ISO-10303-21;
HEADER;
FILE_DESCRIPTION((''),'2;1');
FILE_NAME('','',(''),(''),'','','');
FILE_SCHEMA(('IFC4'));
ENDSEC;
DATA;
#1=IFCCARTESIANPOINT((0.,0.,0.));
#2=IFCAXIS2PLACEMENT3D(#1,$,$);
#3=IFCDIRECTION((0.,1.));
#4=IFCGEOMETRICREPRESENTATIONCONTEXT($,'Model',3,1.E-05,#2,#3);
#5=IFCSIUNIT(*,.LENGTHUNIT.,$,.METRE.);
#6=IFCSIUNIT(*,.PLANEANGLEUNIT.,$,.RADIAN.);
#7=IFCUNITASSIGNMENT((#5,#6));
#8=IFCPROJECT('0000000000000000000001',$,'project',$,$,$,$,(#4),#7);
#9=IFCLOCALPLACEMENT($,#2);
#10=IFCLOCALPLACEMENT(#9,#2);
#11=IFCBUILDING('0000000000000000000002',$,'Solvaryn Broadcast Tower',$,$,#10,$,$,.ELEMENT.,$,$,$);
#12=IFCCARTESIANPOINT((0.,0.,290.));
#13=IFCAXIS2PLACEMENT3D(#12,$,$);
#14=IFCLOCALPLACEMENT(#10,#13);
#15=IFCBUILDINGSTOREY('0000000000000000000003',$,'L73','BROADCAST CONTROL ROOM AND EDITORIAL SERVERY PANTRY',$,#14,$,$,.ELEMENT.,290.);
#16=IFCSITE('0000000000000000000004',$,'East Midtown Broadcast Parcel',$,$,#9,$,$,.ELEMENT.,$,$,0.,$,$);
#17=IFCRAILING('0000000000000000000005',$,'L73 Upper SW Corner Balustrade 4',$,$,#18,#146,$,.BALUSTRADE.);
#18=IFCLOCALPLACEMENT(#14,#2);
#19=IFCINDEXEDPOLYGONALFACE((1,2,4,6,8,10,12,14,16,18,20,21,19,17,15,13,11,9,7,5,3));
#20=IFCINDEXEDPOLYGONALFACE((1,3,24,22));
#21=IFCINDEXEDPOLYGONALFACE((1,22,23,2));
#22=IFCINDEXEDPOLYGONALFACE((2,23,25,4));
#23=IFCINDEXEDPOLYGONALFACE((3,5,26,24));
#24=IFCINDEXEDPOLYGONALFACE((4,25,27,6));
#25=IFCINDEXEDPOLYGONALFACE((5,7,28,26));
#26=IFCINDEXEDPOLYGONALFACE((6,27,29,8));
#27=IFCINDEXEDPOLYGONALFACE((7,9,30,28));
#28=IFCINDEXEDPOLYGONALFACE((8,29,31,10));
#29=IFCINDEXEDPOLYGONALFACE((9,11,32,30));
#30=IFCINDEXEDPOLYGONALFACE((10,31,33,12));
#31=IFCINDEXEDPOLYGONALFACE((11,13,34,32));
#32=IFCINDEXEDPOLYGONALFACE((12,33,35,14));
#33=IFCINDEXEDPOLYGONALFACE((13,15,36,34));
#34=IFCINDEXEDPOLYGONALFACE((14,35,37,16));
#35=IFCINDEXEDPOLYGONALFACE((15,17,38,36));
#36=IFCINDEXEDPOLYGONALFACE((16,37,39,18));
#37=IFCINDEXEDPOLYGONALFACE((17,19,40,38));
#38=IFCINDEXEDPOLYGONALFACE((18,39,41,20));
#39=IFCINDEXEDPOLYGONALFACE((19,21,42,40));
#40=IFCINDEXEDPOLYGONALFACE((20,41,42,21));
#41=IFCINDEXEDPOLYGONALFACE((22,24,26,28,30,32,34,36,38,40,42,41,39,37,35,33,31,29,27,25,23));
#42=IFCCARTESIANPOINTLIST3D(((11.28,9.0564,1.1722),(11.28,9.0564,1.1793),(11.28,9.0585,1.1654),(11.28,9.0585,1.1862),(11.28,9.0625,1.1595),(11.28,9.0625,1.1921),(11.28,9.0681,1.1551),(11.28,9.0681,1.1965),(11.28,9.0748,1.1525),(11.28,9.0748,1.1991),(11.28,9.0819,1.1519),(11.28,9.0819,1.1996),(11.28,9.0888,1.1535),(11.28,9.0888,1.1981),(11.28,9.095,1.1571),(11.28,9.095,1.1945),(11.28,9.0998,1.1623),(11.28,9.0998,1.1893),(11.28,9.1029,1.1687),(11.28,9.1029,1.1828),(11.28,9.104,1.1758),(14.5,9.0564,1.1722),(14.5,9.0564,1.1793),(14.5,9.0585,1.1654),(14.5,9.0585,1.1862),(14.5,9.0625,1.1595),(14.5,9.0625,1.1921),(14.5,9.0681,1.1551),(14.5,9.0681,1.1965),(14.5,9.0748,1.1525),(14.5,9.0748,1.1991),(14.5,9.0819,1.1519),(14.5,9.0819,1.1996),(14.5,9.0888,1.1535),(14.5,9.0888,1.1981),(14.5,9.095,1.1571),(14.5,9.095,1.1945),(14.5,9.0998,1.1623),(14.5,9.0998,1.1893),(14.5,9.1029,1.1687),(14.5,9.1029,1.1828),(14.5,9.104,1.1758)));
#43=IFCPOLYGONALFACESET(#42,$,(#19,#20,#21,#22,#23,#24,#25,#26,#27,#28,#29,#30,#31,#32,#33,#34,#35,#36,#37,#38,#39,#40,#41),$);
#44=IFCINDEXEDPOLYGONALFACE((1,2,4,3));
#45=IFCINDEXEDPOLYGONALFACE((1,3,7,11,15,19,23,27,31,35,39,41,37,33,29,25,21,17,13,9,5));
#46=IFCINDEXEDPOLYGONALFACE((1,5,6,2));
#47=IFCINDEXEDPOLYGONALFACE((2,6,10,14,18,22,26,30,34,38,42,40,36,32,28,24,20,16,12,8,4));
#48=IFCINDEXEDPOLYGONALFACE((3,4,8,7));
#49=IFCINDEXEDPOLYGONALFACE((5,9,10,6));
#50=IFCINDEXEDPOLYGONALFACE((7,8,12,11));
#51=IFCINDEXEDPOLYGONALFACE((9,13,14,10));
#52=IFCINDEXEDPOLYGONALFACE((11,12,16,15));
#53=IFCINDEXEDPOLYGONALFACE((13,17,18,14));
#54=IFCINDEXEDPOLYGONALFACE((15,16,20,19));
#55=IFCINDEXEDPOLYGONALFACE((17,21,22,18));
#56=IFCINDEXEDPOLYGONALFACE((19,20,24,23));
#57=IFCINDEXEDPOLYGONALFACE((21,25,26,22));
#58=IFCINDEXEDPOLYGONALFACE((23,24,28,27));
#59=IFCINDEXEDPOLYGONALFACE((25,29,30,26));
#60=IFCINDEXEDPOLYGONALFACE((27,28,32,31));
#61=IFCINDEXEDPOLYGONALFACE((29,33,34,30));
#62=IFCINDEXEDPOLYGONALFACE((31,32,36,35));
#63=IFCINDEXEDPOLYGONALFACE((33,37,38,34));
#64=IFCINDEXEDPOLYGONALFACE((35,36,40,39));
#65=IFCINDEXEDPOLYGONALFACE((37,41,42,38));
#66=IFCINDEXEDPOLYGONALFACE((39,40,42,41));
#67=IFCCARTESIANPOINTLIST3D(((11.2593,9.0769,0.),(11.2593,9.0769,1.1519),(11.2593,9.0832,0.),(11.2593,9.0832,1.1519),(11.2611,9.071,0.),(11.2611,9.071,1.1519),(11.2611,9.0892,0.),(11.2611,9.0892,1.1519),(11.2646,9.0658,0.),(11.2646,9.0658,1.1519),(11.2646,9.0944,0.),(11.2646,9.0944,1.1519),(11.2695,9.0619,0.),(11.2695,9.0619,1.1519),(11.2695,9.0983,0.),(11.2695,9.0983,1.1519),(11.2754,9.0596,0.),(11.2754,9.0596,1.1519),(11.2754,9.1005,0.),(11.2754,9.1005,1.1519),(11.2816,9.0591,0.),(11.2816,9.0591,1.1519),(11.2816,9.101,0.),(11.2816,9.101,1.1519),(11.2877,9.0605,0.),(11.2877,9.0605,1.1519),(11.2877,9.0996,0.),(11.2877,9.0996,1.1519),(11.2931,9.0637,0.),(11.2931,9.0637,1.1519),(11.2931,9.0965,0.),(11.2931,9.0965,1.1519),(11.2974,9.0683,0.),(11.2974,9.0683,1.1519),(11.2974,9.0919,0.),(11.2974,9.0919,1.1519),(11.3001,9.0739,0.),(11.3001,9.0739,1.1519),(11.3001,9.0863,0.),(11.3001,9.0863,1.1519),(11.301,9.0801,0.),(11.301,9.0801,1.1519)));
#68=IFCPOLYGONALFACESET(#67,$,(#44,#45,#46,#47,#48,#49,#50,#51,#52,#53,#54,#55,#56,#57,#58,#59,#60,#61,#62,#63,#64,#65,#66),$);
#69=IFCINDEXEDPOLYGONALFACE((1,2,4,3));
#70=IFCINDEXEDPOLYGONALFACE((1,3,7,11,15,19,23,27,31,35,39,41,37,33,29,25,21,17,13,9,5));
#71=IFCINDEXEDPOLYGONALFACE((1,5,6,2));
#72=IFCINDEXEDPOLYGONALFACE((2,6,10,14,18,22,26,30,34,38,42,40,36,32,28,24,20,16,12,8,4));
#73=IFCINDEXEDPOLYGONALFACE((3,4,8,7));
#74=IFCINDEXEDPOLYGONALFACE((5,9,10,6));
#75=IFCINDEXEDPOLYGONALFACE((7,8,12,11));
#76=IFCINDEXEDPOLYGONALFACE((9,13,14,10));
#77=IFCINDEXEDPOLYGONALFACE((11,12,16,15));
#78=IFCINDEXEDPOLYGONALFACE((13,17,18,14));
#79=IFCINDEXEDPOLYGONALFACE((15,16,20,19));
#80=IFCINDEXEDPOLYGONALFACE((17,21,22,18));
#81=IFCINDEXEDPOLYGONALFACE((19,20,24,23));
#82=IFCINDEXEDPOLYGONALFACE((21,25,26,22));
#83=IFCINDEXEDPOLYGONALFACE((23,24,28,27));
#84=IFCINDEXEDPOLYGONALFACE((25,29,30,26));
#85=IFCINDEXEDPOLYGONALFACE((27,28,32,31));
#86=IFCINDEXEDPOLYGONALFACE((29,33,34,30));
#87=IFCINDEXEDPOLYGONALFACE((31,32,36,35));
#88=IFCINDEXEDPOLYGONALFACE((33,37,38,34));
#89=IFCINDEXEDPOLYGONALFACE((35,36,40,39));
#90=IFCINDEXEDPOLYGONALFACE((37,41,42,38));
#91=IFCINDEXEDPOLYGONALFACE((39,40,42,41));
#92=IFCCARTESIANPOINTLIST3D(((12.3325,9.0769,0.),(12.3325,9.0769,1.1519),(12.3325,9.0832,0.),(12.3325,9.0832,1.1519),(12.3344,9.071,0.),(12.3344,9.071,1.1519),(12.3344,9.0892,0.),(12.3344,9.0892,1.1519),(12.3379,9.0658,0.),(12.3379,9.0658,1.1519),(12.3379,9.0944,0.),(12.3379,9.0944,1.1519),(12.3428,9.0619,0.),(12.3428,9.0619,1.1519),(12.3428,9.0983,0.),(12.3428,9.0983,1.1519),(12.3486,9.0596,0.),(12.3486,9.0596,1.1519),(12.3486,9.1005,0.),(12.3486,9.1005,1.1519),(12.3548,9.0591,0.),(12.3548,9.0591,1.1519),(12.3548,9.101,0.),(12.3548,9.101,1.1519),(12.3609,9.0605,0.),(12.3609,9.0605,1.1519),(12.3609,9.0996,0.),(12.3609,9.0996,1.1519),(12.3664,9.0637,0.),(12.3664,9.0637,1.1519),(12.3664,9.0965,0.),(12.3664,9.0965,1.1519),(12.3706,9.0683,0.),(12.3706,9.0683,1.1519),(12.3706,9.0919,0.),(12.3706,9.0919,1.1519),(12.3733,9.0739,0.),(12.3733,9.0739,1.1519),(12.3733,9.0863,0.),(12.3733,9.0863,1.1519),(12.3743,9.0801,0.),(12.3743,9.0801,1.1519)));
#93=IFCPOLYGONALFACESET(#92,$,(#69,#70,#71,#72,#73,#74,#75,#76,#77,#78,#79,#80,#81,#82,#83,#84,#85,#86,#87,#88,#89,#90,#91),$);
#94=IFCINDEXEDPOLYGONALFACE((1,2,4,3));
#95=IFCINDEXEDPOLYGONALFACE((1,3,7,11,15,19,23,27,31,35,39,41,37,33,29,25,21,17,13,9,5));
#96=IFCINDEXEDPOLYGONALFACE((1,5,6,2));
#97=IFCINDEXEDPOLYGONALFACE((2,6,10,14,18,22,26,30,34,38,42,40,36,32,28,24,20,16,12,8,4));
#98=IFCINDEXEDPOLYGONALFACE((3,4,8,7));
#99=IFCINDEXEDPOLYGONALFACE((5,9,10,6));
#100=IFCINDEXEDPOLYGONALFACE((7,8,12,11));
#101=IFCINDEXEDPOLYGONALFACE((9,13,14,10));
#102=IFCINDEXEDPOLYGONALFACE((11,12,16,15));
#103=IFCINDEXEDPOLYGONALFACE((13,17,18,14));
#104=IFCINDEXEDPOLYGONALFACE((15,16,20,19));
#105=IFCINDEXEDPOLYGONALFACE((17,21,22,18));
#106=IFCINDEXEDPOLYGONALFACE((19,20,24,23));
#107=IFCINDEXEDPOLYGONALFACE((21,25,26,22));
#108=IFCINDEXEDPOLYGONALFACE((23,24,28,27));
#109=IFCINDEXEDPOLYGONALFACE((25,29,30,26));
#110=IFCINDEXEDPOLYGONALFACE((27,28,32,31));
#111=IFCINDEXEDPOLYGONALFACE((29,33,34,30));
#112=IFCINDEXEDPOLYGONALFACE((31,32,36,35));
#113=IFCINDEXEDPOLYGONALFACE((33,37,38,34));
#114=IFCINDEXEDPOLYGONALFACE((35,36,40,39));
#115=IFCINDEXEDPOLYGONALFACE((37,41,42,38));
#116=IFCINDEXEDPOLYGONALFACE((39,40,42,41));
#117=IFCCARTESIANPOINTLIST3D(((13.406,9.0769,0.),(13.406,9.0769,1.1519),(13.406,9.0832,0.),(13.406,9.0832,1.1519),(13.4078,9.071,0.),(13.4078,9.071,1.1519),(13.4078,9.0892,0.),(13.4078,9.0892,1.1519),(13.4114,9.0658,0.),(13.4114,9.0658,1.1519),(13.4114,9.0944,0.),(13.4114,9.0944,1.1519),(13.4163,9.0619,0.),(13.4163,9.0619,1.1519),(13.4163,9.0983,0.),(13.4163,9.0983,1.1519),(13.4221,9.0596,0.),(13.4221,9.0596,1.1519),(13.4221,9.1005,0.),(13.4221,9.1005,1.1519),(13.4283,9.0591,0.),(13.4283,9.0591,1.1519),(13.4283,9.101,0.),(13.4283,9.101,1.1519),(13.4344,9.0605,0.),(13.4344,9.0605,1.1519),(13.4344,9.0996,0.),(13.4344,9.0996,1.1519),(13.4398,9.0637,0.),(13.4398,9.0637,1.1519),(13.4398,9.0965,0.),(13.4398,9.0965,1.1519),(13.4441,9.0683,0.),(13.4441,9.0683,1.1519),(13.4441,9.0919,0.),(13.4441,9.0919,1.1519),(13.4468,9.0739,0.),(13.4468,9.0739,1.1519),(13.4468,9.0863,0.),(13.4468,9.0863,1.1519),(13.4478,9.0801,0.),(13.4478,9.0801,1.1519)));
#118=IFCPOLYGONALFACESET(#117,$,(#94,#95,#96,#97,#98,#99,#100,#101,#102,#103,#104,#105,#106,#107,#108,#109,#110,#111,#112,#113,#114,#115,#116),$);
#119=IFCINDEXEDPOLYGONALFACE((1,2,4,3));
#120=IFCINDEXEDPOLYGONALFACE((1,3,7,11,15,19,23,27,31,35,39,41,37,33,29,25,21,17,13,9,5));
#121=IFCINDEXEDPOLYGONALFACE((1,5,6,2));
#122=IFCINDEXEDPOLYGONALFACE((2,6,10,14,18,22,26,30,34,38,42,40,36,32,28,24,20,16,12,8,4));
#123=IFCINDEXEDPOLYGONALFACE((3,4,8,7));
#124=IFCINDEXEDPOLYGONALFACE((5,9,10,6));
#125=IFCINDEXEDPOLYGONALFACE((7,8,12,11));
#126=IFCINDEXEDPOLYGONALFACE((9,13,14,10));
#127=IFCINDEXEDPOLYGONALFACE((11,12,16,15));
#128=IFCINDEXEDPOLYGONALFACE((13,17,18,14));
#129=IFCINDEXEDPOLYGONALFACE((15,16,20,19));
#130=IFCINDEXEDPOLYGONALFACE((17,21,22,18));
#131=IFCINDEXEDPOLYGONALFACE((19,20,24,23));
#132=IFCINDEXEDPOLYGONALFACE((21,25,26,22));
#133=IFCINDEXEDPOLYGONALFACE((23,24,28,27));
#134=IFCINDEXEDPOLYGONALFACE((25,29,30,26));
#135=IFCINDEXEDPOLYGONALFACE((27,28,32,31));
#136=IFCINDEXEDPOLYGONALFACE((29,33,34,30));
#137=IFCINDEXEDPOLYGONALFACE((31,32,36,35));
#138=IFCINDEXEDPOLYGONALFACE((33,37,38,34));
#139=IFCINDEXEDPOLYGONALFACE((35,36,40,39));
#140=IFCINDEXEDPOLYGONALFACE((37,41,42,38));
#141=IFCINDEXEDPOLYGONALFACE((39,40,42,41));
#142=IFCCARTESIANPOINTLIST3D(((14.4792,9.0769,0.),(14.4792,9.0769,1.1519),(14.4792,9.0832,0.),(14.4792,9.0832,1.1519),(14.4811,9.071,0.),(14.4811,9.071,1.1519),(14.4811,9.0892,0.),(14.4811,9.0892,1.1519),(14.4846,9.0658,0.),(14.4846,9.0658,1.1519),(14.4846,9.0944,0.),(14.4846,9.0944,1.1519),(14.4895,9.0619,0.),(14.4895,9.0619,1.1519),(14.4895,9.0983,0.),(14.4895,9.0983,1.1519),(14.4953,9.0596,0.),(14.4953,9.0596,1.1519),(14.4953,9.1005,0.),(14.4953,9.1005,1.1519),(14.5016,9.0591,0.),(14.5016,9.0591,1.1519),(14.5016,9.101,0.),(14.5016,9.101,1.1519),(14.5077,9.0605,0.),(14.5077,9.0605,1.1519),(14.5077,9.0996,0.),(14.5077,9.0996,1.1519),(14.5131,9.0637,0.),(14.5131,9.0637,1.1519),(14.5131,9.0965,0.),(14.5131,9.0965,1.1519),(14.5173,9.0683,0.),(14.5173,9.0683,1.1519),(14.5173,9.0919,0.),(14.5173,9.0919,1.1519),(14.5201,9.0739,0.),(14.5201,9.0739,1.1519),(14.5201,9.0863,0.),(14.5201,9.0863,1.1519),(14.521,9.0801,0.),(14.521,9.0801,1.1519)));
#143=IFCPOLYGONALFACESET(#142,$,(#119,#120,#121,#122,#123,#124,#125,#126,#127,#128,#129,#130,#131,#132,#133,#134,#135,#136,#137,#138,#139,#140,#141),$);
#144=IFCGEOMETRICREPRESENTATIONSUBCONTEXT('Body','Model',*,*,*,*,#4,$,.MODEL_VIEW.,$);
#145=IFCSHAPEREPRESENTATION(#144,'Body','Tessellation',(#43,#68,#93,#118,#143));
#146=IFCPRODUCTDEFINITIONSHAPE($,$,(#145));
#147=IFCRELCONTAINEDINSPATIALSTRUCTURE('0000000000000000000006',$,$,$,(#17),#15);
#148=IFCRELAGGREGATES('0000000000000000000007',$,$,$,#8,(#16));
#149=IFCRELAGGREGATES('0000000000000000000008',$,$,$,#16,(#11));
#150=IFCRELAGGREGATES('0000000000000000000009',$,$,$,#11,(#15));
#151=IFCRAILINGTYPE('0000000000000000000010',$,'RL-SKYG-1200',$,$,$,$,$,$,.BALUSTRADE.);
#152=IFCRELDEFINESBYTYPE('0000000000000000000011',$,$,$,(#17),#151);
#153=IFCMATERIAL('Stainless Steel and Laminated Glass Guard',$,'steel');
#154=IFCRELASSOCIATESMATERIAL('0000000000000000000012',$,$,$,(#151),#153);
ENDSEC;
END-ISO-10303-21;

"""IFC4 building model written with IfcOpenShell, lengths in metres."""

from ifc_helpers import new_model, si_unit, direction, frame, origin, origin_2d, place, context, subcontext, project, spatial, circle, extrude, material, type_object, element, save


model = new_model("IFC4")

# Units and contexts
model_context = context("Model", 3, precision=1e-05, world=origin(), true_north=direction((0.0, 1.0)))
body_context = subcontext(model_context, "Body", "Model", "MODEL_VIEW")
ifc_project = project(units=[si_unit("LENGTHUNIT", "METRE"), si_unit("PLANEANGLEUNIT", "RADIAN")], contexts=[model_context])

# Site, building, storey
site_placement = place(None, origin())
site = spatial("IfcSite", under=ifc_project, at=site_placement, Name="East Midtown Broadcast Parcel", CompositionType="ELEMENT", RefElevation=0.0)
building_placement = place(site_placement, origin())
building = spatial("IfcBuilding", under=site, at=building_placement, Name="Solvaryn Broadcast Tower", CompositionType="ELEMENT")
storey_placement = place(building_placement, frame((0.0, 0.0, 290.0)))
storey = spatial("IfcBuildingStorey", under=building, at=storey_placement, Name="L73", Description="BROADCAST CONTROL ROOM AND EDITORIAL SERVERY PANTRY", CompositionType="ELEMENT", Elevation=290.0)

# Railing
ifc_material_1 = material(Name="Stainless Steel and Laminated Glass Guard", Category="steel")
railing_type = type_object("IfcRailingType", Name="RL-SKYG-1200", PredefinedType="BALUSTRADE", material=ifc_material_1)
railing_1_placement = place(storey_placement, frame((11.28, 9.0801, 0.0)))
element("IfcRailing", 1, at=railing_1_placement, inside=storey, type_object=railing_type, Name="L73 Upper SW Corner Balustrade 4", PredefinedType="BALUSTRADE", context=body_context, shape_type="SweptSolid", body=[
    extrude(circle(Radius=0.0239, at=origin_2d()), frame((0.0, 0.0, 1.1758), z_axis=(1.0, 0.0, 0.0), x_axis=(0.0, 1.0, 0.0)), (0.0, 0.0, 1.0), 3.22),
    extrude(circle(Radius=0.021, at=origin_2d()), origin(), (0.0, 0.0, 1.0), 1.1519),
    extrude(circle(Radius=0.021, at=origin_2d()), frame((1.0732, 0.0, 0.0)), (0.0, 0.0, 1.0), 1.1519),
    extrude(circle(Radius=0.021, at=origin_2d()), frame((2.1467, 0.0, 0.0)), (0.0, 0.0, 1.0), 1.1519),
    extrude(circle(Radius=0.021, at=origin_2d()), frame((3.22, 0.0, 0.0)), (0.0, 0.0, 1.0), 1.1519),
])

save(model, "model.ifc")
